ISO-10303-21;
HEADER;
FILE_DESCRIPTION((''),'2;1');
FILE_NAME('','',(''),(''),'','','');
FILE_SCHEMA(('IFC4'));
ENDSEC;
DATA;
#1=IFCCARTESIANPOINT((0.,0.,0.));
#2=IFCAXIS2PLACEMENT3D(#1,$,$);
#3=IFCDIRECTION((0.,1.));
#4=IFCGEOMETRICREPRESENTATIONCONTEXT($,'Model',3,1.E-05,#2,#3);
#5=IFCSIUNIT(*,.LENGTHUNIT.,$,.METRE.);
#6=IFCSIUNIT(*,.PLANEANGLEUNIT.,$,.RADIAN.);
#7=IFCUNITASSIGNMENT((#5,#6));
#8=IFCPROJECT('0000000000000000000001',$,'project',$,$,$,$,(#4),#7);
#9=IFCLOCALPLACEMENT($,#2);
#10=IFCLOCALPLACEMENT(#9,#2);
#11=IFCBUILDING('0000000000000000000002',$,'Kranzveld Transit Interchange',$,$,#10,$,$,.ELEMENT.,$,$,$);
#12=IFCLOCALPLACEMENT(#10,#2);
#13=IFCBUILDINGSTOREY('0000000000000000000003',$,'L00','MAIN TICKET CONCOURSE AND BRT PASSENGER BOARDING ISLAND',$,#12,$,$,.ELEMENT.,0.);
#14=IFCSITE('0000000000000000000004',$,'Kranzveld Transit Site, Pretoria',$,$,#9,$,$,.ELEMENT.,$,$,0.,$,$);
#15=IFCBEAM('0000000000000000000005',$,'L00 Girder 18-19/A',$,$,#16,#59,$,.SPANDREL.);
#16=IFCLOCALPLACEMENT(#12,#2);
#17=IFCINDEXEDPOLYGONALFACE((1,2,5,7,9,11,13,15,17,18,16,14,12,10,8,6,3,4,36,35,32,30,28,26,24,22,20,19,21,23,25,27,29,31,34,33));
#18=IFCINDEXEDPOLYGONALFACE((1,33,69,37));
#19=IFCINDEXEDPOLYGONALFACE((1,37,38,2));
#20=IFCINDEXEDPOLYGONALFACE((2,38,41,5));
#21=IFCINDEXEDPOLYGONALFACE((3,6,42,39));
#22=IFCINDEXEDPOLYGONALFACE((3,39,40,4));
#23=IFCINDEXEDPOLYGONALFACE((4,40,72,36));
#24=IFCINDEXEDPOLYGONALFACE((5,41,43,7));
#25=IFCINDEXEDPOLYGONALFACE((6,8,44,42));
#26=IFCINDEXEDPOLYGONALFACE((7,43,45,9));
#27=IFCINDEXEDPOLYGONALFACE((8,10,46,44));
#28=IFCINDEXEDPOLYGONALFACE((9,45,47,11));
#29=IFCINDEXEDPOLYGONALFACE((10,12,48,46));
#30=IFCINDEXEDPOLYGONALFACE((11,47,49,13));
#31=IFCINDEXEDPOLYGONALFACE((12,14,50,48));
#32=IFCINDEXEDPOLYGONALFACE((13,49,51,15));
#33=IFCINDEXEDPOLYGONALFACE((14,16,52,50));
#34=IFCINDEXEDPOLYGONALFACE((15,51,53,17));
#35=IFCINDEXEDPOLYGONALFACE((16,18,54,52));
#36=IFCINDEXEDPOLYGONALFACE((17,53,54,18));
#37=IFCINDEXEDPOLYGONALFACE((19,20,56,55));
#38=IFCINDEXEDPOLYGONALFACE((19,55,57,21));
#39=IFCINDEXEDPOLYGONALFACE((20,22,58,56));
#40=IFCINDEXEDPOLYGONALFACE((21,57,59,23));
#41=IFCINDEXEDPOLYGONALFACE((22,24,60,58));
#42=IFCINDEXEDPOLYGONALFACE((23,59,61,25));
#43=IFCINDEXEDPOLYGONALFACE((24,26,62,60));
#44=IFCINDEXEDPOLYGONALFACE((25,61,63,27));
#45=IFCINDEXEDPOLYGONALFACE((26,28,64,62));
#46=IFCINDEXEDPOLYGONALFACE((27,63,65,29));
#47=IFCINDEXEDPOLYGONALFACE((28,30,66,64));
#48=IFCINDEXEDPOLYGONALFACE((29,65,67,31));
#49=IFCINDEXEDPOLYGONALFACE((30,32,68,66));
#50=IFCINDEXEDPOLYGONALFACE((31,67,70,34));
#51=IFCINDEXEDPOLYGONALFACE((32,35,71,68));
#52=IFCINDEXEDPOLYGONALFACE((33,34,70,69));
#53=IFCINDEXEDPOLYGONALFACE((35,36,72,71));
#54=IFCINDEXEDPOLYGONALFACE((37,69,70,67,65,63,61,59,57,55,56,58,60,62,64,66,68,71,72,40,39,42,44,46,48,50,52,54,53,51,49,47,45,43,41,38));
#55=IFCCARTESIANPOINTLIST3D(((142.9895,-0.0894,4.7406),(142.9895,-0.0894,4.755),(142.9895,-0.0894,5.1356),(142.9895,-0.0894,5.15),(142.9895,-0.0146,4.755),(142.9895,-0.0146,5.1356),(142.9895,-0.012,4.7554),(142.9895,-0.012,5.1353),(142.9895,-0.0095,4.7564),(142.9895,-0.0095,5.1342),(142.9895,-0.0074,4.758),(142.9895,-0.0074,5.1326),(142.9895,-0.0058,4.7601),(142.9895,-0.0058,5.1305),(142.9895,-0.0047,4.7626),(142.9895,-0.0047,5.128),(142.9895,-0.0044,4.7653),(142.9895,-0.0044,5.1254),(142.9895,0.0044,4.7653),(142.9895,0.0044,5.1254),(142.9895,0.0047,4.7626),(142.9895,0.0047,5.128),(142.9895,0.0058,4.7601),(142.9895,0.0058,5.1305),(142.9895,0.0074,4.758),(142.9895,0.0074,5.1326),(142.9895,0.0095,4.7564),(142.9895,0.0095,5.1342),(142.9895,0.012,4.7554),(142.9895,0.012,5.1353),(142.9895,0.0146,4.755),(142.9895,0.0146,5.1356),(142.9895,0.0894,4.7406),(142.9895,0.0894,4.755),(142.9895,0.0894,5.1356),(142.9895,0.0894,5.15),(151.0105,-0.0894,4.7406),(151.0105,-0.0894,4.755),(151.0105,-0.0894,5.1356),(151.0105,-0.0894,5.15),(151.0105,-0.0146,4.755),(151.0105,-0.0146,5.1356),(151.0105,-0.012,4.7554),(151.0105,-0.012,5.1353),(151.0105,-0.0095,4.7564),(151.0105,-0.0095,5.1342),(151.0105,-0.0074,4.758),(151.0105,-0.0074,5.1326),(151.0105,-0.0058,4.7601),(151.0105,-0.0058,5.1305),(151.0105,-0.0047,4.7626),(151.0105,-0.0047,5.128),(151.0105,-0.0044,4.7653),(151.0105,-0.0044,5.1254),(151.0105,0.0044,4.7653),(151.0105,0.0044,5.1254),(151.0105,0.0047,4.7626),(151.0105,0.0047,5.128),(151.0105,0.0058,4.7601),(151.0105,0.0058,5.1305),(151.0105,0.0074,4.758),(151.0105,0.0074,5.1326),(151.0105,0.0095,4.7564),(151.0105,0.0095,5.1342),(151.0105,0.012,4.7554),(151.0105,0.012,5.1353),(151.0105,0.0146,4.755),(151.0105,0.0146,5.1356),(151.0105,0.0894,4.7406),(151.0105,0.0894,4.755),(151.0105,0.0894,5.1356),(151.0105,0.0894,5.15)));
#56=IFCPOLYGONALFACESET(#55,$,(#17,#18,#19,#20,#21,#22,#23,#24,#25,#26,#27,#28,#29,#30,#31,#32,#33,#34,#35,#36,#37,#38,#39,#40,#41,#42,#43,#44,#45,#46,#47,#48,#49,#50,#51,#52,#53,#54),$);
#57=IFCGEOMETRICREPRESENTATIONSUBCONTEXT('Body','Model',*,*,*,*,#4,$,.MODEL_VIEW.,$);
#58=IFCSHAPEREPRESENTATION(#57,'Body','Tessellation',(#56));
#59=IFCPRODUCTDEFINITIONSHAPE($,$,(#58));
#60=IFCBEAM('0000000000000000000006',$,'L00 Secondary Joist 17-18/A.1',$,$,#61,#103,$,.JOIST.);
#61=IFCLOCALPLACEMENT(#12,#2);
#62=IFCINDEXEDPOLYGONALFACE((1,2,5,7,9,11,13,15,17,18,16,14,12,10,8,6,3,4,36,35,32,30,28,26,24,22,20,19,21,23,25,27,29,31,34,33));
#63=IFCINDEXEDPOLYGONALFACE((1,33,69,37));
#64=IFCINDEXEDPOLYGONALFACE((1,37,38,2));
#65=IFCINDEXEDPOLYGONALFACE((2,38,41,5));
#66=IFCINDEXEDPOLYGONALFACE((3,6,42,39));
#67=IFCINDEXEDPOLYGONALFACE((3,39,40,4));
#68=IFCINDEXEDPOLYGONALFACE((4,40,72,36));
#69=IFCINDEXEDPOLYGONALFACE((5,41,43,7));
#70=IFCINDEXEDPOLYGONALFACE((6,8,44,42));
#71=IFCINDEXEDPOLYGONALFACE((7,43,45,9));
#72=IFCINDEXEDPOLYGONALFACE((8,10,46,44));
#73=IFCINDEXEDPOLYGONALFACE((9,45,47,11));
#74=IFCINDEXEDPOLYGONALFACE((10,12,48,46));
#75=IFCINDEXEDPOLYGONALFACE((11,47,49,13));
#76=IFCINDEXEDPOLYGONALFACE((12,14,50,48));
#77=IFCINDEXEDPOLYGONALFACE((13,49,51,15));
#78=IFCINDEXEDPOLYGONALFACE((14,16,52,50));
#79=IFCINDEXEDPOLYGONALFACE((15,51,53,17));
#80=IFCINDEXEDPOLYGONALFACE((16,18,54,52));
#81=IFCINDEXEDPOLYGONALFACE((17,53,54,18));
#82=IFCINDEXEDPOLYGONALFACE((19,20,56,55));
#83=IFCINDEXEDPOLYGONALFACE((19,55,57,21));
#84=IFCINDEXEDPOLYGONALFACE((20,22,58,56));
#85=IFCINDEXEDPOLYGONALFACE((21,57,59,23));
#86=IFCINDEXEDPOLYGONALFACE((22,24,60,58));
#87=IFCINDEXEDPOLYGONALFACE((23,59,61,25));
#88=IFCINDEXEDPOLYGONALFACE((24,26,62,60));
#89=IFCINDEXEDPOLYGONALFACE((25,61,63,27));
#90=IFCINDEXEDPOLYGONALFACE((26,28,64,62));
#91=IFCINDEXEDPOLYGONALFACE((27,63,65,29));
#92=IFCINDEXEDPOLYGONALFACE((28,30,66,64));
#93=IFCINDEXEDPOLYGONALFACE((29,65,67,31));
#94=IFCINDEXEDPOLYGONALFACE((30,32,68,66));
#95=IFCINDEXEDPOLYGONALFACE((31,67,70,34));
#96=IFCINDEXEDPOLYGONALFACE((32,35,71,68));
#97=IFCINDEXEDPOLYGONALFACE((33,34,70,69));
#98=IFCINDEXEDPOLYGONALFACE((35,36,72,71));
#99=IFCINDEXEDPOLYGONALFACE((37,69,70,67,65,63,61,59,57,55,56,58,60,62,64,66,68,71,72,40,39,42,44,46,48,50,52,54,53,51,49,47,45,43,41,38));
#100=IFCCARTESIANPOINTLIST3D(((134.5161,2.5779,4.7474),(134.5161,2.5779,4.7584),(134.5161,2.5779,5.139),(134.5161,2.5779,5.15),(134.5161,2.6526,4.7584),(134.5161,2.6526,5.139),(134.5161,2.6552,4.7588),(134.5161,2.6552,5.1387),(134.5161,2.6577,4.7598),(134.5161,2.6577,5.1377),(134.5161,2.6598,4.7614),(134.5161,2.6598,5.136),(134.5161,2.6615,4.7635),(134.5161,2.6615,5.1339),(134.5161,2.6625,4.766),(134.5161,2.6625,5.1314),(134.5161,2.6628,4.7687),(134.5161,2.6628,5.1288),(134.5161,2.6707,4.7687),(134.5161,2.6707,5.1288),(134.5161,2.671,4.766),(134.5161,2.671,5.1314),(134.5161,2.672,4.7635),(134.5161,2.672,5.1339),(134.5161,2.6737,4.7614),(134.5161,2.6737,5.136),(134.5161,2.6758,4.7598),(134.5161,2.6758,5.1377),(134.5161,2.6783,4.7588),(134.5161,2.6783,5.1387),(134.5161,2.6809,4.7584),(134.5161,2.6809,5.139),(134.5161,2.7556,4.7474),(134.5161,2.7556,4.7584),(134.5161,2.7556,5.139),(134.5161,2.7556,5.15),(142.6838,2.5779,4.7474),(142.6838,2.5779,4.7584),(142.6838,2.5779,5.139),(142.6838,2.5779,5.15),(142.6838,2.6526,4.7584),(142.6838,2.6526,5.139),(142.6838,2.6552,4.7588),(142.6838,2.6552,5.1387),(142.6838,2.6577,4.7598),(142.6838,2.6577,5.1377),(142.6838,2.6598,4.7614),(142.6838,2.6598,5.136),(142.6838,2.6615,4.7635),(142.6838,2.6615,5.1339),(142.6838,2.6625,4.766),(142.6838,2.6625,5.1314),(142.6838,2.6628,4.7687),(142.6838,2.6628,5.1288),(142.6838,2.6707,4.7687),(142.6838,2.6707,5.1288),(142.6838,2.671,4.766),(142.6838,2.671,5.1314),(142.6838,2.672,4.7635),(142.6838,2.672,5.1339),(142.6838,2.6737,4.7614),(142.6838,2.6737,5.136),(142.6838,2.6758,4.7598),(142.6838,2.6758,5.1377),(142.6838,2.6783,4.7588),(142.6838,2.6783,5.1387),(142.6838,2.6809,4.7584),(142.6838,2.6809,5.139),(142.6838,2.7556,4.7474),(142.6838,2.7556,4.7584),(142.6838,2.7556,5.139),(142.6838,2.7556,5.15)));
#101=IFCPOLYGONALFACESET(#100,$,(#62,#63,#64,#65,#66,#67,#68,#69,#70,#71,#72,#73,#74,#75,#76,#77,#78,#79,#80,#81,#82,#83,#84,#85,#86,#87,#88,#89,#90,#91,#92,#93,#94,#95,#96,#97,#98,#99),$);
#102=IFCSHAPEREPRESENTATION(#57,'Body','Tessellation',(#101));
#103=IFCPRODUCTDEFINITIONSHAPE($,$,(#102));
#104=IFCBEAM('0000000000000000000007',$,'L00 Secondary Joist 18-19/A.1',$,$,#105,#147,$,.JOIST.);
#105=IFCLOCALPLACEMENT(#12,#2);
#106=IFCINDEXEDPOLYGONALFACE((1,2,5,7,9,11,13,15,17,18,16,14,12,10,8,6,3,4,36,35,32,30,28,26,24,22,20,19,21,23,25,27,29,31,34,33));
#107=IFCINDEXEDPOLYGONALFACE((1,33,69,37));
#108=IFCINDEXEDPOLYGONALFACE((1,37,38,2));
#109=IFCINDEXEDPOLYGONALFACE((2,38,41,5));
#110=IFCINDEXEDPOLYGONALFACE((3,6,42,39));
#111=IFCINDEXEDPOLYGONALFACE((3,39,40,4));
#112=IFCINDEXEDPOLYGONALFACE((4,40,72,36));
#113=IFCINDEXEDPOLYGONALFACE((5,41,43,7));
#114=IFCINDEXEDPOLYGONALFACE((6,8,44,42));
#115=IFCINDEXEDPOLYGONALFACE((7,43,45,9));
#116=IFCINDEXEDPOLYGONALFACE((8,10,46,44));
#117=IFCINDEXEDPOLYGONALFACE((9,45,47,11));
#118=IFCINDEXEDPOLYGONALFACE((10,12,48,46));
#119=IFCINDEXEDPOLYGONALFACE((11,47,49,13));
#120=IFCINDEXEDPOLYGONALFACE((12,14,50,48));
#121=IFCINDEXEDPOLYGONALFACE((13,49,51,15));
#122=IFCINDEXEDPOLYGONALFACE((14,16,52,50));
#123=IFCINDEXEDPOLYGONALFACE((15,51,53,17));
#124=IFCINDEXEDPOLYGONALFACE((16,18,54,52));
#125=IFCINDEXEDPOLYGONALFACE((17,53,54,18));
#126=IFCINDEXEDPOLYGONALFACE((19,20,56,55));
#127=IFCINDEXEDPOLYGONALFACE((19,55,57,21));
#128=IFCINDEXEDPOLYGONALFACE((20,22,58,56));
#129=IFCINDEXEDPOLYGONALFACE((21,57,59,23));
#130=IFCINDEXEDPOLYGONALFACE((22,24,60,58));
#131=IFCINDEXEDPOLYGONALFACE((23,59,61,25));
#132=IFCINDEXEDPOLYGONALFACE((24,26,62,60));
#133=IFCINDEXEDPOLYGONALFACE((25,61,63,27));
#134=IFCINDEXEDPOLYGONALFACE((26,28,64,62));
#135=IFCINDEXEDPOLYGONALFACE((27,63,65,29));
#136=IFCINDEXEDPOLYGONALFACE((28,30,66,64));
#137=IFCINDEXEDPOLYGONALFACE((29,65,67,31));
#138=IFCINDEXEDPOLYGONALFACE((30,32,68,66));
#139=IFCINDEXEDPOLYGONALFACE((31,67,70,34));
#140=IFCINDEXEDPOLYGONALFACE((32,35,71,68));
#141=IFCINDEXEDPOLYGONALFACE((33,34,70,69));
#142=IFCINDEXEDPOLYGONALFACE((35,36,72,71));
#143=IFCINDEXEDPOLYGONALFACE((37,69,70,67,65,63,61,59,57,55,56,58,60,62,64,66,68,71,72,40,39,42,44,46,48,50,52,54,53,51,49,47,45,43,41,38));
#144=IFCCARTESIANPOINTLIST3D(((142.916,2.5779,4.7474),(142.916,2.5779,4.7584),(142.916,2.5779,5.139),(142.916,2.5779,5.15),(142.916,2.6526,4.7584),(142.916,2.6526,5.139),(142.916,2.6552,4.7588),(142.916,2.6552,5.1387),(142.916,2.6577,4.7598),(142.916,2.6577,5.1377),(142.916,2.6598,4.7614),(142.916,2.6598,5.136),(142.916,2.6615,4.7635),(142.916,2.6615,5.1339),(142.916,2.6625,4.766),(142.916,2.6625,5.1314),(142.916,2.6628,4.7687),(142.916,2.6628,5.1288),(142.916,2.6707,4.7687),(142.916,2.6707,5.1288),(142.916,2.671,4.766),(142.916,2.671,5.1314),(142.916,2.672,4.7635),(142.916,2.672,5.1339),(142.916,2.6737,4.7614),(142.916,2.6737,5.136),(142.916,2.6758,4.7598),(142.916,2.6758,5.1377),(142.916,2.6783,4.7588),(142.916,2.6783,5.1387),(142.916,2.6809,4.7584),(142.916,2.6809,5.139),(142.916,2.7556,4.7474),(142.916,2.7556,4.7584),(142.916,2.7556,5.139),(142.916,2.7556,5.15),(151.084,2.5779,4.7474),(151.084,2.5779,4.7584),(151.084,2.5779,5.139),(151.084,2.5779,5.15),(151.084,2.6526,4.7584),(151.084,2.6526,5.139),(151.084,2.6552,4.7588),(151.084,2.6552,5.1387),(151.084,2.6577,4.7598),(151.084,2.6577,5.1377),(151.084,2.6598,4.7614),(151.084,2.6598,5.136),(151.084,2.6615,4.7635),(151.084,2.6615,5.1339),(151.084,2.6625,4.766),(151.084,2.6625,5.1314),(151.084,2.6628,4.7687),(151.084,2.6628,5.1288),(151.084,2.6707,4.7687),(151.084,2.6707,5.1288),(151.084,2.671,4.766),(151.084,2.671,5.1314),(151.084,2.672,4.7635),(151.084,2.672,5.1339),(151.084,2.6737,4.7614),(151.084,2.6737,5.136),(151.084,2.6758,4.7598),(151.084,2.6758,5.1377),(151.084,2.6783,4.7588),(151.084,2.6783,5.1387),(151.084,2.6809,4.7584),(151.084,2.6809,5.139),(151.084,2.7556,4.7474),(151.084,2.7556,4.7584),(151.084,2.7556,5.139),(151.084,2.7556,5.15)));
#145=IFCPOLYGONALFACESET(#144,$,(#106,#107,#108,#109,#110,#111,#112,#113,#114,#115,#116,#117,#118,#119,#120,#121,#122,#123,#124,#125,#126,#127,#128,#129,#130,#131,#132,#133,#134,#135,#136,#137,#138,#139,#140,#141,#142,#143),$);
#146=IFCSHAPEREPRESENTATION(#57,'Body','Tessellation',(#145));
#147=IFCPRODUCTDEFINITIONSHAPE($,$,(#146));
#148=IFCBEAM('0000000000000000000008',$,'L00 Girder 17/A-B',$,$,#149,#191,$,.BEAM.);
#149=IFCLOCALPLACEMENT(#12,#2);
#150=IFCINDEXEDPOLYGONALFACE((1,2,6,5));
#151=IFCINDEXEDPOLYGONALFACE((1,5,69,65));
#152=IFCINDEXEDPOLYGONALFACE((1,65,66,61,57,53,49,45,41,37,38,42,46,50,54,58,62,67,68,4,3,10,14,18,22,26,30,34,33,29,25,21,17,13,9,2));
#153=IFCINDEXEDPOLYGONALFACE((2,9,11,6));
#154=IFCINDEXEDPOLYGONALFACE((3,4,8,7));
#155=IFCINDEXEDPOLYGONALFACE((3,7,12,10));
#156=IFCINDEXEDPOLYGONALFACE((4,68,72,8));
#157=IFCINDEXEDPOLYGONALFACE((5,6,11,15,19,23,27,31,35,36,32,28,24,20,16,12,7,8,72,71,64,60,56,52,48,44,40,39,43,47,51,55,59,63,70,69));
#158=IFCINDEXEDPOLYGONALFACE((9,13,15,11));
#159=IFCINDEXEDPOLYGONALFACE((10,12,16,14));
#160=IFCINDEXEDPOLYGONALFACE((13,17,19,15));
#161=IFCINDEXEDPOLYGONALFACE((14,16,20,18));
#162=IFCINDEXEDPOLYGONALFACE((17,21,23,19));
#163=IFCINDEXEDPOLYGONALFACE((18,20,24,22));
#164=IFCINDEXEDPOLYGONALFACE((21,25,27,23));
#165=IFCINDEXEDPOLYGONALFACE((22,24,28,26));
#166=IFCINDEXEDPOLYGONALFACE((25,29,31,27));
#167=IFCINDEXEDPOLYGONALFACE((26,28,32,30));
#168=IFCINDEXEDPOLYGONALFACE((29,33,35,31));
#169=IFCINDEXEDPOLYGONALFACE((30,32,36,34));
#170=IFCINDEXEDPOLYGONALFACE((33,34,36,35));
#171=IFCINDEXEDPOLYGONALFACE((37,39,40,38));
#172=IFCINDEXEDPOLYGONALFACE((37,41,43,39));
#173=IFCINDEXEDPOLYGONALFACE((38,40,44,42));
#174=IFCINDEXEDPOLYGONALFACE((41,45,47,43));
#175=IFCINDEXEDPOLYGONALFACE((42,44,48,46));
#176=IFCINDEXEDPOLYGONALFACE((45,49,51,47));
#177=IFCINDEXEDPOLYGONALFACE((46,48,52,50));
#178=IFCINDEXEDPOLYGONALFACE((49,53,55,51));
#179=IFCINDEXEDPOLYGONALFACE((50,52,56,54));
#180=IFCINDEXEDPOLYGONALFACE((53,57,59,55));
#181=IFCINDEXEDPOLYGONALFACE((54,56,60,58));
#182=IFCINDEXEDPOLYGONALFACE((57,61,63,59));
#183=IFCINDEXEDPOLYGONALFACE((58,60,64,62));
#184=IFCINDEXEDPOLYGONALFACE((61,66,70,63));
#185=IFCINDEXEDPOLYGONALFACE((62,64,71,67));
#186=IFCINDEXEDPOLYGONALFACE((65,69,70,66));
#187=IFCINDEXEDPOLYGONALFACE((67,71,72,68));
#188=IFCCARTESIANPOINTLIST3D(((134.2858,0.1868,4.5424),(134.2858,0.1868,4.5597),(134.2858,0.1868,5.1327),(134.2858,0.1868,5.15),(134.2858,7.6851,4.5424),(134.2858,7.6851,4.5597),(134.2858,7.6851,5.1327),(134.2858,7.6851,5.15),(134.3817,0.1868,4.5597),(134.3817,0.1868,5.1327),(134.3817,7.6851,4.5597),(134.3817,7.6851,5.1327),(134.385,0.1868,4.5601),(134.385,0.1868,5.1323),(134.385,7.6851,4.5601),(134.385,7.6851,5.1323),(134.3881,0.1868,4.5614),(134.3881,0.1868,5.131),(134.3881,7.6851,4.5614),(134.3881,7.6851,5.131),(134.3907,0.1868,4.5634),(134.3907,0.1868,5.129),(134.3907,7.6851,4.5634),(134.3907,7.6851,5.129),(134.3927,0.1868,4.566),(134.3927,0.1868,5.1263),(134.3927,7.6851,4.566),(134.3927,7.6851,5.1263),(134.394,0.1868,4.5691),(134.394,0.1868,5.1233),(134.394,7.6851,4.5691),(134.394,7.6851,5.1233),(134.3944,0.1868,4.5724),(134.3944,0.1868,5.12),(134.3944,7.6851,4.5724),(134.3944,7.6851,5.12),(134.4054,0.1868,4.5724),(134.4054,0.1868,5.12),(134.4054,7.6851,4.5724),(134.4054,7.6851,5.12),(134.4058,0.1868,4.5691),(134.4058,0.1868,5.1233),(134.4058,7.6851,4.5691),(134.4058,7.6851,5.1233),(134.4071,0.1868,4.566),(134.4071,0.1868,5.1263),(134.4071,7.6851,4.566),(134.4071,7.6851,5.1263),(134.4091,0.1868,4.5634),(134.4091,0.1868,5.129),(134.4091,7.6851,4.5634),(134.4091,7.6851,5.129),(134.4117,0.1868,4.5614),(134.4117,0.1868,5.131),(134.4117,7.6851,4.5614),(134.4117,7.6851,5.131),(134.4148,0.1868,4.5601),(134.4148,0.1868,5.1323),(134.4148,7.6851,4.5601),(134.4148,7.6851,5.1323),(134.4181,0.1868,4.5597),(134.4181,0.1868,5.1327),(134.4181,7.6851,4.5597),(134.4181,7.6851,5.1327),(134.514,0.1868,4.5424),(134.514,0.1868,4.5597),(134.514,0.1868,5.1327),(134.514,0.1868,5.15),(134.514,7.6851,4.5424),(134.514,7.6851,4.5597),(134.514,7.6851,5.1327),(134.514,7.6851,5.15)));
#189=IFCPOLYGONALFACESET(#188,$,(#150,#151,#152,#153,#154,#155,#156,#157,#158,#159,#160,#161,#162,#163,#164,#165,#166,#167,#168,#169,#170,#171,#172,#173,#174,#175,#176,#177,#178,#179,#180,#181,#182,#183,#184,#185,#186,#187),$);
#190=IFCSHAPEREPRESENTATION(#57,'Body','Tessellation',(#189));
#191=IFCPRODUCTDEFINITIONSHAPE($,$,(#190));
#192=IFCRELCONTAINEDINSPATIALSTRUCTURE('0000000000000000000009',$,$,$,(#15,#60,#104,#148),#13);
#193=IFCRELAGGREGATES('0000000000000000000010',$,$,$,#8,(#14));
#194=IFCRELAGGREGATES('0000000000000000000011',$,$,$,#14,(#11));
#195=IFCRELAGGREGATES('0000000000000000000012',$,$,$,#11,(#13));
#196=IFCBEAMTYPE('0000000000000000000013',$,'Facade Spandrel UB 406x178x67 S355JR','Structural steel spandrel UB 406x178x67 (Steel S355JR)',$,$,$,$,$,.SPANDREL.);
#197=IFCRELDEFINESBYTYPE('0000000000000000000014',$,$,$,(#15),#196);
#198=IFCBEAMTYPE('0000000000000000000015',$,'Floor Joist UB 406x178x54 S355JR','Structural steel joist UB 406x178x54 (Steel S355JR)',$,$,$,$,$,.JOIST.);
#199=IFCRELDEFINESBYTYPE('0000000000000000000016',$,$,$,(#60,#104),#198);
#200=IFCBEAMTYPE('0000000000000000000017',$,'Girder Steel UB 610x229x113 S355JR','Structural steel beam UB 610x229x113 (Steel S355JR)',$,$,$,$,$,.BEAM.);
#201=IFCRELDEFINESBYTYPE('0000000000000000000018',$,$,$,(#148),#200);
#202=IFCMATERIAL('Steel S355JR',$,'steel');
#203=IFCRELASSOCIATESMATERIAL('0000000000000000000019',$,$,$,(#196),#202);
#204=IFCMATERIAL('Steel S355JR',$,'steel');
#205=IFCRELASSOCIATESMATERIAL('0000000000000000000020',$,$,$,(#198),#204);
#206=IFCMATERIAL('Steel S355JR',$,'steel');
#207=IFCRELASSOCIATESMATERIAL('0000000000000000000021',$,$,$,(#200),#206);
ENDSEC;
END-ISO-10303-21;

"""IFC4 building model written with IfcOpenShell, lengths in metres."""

from ifc_helpers import new_model, si_unit, direction, frame, origin, origin_2d, place, context, subcontext, project, spatial, i_section, extrude, material, material_profile, profile_set, type_object, element, save


model = new_model("IFC4")

# Units and contexts
model_context = context("Model", 3, precision=1e-05, world=origin(), true_north=direction((0.0, 1.0)))
body_context = subcontext(model_context, "Body", "Model", "MODEL_VIEW")
ifc_project = project(units=[si_unit("LENGTHUNIT", "METRE"), si_unit("PLANEANGLEUNIT", "RADIAN")], contexts=[model_context])

# Site, building, storey
site_placement = place(None, origin())
site = spatial("IfcSite", under=ifc_project, at=site_placement, Name="Kranzveld Transit Site, Pretoria", CompositionType="ELEMENT", RefElevation=0.0)
building_placement = place(site_placement, origin())
building = spatial("IfcBuilding", under=site, at=building_placement, Name="Kranzveld Transit Interchange", CompositionType="ELEMENT")
storey_placement = place(building_placement, origin())
storey = spatial("IfcBuildingStorey", under=building, at=storey_placement, Name="L00", Description="MAIN TICKET CONCOURSE AND BRT PASSENGER BOARDING ISLAND", CompositionType="ELEMENT", Elevation=0.0)

# Beams
ifc_material_1 = material(Name="Steel S355JR", Category="steel")
ifc_material_profile_1 = material_profile(ifc_material_1, i_section(OverallWidth=0.1787, OverallDepth=0.4094, WebThickness=0.0088, FlangeThickness=0.0144, FilletRadius=0.0103, at=origin_2d()), Name="UB 406x178x67")
ifc_profile_set_1 = profile_set([ifc_material_profile_1], Name="Steel S355JR")
beam_type_1 = type_object("IfcBeamType", Name="Facade Spandrel UB 406x178x67 S355JR", Description="Structural steel spandrel UB 406x178x67 (Steel S355JR)", PredefinedType="SPANDREL", material=ifc_profile_set_1)
for number, where, z_axis, x_axis, name in (
    (1, (142.9895, 0.0, 4.9453), (1.0, 0.0, 0.0), (0.0, 1.0, 0.0), "L00 Girder 18-19/A"),
):
    element("IfcBeam", number, at=place(storey_placement, frame(where, z_axis=z_axis, x_axis=x_axis)), inside=storey, type_object=beam_type_1, Name=name, PredefinedType="SPANDREL", context=body_context, shape_type="SweptSolid", body=[
        extrude(i_section(OverallWidth=0.1787, OverallDepth=0.4094, WebThickness=0.0088, FlangeThickness=0.0144, FilletRadius=0.0103, at=origin_2d()), origin(), (0.0, 0.0, 1.0), 8.021),
    ])
ifc_material_2 = material(Name="Steel S355JR", Category="steel")
ifc_material_profile_2 = material_profile(ifc_material_2, i_section(OverallWidth=0.1777, OverallDepth=0.4026, WebThickness=0.0078, FlangeThickness=0.011, FilletRadius=0.0103, at=origin_2d()), Name="UB 406x178x54")
ifc_profile_set_2 = profile_set([ifc_material_profile_2], Name="Steel S355JR")
beam_type_2 = type_object("IfcBeamType", Name="Floor Joist UB 406x178x54 S355JR", Description="Structural steel joist UB 406x178x54 (Steel S355JR)", PredefinedType="JOIST", material=ifc_profile_set_2)
beam_1_placement = place(storey_placement, frame((134.5161, 2.6667, 4.9487), z_axis=(1.0, 0.0, 0.0), x_axis=(0.0, 1.0, 0.0)))
element("IfcBeam", 2, at=beam_1_placement, inside=storey, type_object=beam_type_2, Name="L00 Secondary Joist 17-18/A.1", PredefinedType="JOIST", context=body_context, shape_type="SweptSolid", body=[
    extrude(i_section(OverallWidth=0.1777, OverallDepth=0.4026, WebThickness=0.0078, FlangeThickness=0.011, FilletRadius=0.0103, at=origin_2d()), origin(), (0.0, 0.0, 1.0), 8.1677),
])
beam_2_placement = place(storey_placement, frame((142.916, 2.6667, 4.9487), z_axis=(1.0, 0.0, 0.0), x_axis=(0.0, 1.0, 0.0)))
element("IfcBeam", 3, at=beam_2_placement, inside=storey, type_object=beam_type_2, Name="L00 Secondary Joist 18-19/A.1", PredefinedType="JOIST", context=body_context, shape_type="SweptSolid", body=[
    extrude(i_section(OverallWidth=0.1777, OverallDepth=0.4026, WebThickness=0.0078, FlangeThickness=0.011, FilletRadius=0.0103, at=origin_2d()), origin(), (0.0, 0.0, 1.0), 8.168),
])
ifc_material_3 = material(Name="Steel S355JR", Category="steel")
ifc_material_profile_3 = material_profile(ifc_material_3, i_section(OverallWidth=0.2283, OverallDepth=0.6077, WebThickness=0.011, FlangeThickness=0.0173, FilletRadius=0.0127, at=origin_2d()), Name="UB 610x229x113")
ifc_profile_set_3 = profile_set([ifc_material_profile_3], Name="Steel S355JR")
beam_type_3 = type_object("IfcBeamType", Name="Girder Steel UB 610x229x113 S355JR", Description="Structural steel beam UB 610x229x113 (Steel S355JR)", PredefinedType="BEAM", material=ifc_profile_set_3)
for number, where, z_axis, x_axis, name in (
    (4, (134.3999, 0.1868, 4.8462), (0.0, 1.0, 0.0), (-1.0, 0.0, 0.0), "L00 Girder 17/A-B"),
):
    element("IfcBeam", number, at=place(storey_placement, frame(where, z_axis=z_axis, x_axis=x_axis)), inside=storey, type_object=beam_type_3, Name=name, PredefinedType="BEAM", context=body_context, shape_type="SweptSolid", body=[
        extrude(i_section(OverallWidth=0.2283, OverallDepth=0.6077, WebThickness=0.011, FlangeThickness=0.0173, FilletRadius=0.0127, at=origin_2d()), origin(), (0.0, 0.0, 1.0), 7.4983),
    ])

save(model, "model.ifc")
